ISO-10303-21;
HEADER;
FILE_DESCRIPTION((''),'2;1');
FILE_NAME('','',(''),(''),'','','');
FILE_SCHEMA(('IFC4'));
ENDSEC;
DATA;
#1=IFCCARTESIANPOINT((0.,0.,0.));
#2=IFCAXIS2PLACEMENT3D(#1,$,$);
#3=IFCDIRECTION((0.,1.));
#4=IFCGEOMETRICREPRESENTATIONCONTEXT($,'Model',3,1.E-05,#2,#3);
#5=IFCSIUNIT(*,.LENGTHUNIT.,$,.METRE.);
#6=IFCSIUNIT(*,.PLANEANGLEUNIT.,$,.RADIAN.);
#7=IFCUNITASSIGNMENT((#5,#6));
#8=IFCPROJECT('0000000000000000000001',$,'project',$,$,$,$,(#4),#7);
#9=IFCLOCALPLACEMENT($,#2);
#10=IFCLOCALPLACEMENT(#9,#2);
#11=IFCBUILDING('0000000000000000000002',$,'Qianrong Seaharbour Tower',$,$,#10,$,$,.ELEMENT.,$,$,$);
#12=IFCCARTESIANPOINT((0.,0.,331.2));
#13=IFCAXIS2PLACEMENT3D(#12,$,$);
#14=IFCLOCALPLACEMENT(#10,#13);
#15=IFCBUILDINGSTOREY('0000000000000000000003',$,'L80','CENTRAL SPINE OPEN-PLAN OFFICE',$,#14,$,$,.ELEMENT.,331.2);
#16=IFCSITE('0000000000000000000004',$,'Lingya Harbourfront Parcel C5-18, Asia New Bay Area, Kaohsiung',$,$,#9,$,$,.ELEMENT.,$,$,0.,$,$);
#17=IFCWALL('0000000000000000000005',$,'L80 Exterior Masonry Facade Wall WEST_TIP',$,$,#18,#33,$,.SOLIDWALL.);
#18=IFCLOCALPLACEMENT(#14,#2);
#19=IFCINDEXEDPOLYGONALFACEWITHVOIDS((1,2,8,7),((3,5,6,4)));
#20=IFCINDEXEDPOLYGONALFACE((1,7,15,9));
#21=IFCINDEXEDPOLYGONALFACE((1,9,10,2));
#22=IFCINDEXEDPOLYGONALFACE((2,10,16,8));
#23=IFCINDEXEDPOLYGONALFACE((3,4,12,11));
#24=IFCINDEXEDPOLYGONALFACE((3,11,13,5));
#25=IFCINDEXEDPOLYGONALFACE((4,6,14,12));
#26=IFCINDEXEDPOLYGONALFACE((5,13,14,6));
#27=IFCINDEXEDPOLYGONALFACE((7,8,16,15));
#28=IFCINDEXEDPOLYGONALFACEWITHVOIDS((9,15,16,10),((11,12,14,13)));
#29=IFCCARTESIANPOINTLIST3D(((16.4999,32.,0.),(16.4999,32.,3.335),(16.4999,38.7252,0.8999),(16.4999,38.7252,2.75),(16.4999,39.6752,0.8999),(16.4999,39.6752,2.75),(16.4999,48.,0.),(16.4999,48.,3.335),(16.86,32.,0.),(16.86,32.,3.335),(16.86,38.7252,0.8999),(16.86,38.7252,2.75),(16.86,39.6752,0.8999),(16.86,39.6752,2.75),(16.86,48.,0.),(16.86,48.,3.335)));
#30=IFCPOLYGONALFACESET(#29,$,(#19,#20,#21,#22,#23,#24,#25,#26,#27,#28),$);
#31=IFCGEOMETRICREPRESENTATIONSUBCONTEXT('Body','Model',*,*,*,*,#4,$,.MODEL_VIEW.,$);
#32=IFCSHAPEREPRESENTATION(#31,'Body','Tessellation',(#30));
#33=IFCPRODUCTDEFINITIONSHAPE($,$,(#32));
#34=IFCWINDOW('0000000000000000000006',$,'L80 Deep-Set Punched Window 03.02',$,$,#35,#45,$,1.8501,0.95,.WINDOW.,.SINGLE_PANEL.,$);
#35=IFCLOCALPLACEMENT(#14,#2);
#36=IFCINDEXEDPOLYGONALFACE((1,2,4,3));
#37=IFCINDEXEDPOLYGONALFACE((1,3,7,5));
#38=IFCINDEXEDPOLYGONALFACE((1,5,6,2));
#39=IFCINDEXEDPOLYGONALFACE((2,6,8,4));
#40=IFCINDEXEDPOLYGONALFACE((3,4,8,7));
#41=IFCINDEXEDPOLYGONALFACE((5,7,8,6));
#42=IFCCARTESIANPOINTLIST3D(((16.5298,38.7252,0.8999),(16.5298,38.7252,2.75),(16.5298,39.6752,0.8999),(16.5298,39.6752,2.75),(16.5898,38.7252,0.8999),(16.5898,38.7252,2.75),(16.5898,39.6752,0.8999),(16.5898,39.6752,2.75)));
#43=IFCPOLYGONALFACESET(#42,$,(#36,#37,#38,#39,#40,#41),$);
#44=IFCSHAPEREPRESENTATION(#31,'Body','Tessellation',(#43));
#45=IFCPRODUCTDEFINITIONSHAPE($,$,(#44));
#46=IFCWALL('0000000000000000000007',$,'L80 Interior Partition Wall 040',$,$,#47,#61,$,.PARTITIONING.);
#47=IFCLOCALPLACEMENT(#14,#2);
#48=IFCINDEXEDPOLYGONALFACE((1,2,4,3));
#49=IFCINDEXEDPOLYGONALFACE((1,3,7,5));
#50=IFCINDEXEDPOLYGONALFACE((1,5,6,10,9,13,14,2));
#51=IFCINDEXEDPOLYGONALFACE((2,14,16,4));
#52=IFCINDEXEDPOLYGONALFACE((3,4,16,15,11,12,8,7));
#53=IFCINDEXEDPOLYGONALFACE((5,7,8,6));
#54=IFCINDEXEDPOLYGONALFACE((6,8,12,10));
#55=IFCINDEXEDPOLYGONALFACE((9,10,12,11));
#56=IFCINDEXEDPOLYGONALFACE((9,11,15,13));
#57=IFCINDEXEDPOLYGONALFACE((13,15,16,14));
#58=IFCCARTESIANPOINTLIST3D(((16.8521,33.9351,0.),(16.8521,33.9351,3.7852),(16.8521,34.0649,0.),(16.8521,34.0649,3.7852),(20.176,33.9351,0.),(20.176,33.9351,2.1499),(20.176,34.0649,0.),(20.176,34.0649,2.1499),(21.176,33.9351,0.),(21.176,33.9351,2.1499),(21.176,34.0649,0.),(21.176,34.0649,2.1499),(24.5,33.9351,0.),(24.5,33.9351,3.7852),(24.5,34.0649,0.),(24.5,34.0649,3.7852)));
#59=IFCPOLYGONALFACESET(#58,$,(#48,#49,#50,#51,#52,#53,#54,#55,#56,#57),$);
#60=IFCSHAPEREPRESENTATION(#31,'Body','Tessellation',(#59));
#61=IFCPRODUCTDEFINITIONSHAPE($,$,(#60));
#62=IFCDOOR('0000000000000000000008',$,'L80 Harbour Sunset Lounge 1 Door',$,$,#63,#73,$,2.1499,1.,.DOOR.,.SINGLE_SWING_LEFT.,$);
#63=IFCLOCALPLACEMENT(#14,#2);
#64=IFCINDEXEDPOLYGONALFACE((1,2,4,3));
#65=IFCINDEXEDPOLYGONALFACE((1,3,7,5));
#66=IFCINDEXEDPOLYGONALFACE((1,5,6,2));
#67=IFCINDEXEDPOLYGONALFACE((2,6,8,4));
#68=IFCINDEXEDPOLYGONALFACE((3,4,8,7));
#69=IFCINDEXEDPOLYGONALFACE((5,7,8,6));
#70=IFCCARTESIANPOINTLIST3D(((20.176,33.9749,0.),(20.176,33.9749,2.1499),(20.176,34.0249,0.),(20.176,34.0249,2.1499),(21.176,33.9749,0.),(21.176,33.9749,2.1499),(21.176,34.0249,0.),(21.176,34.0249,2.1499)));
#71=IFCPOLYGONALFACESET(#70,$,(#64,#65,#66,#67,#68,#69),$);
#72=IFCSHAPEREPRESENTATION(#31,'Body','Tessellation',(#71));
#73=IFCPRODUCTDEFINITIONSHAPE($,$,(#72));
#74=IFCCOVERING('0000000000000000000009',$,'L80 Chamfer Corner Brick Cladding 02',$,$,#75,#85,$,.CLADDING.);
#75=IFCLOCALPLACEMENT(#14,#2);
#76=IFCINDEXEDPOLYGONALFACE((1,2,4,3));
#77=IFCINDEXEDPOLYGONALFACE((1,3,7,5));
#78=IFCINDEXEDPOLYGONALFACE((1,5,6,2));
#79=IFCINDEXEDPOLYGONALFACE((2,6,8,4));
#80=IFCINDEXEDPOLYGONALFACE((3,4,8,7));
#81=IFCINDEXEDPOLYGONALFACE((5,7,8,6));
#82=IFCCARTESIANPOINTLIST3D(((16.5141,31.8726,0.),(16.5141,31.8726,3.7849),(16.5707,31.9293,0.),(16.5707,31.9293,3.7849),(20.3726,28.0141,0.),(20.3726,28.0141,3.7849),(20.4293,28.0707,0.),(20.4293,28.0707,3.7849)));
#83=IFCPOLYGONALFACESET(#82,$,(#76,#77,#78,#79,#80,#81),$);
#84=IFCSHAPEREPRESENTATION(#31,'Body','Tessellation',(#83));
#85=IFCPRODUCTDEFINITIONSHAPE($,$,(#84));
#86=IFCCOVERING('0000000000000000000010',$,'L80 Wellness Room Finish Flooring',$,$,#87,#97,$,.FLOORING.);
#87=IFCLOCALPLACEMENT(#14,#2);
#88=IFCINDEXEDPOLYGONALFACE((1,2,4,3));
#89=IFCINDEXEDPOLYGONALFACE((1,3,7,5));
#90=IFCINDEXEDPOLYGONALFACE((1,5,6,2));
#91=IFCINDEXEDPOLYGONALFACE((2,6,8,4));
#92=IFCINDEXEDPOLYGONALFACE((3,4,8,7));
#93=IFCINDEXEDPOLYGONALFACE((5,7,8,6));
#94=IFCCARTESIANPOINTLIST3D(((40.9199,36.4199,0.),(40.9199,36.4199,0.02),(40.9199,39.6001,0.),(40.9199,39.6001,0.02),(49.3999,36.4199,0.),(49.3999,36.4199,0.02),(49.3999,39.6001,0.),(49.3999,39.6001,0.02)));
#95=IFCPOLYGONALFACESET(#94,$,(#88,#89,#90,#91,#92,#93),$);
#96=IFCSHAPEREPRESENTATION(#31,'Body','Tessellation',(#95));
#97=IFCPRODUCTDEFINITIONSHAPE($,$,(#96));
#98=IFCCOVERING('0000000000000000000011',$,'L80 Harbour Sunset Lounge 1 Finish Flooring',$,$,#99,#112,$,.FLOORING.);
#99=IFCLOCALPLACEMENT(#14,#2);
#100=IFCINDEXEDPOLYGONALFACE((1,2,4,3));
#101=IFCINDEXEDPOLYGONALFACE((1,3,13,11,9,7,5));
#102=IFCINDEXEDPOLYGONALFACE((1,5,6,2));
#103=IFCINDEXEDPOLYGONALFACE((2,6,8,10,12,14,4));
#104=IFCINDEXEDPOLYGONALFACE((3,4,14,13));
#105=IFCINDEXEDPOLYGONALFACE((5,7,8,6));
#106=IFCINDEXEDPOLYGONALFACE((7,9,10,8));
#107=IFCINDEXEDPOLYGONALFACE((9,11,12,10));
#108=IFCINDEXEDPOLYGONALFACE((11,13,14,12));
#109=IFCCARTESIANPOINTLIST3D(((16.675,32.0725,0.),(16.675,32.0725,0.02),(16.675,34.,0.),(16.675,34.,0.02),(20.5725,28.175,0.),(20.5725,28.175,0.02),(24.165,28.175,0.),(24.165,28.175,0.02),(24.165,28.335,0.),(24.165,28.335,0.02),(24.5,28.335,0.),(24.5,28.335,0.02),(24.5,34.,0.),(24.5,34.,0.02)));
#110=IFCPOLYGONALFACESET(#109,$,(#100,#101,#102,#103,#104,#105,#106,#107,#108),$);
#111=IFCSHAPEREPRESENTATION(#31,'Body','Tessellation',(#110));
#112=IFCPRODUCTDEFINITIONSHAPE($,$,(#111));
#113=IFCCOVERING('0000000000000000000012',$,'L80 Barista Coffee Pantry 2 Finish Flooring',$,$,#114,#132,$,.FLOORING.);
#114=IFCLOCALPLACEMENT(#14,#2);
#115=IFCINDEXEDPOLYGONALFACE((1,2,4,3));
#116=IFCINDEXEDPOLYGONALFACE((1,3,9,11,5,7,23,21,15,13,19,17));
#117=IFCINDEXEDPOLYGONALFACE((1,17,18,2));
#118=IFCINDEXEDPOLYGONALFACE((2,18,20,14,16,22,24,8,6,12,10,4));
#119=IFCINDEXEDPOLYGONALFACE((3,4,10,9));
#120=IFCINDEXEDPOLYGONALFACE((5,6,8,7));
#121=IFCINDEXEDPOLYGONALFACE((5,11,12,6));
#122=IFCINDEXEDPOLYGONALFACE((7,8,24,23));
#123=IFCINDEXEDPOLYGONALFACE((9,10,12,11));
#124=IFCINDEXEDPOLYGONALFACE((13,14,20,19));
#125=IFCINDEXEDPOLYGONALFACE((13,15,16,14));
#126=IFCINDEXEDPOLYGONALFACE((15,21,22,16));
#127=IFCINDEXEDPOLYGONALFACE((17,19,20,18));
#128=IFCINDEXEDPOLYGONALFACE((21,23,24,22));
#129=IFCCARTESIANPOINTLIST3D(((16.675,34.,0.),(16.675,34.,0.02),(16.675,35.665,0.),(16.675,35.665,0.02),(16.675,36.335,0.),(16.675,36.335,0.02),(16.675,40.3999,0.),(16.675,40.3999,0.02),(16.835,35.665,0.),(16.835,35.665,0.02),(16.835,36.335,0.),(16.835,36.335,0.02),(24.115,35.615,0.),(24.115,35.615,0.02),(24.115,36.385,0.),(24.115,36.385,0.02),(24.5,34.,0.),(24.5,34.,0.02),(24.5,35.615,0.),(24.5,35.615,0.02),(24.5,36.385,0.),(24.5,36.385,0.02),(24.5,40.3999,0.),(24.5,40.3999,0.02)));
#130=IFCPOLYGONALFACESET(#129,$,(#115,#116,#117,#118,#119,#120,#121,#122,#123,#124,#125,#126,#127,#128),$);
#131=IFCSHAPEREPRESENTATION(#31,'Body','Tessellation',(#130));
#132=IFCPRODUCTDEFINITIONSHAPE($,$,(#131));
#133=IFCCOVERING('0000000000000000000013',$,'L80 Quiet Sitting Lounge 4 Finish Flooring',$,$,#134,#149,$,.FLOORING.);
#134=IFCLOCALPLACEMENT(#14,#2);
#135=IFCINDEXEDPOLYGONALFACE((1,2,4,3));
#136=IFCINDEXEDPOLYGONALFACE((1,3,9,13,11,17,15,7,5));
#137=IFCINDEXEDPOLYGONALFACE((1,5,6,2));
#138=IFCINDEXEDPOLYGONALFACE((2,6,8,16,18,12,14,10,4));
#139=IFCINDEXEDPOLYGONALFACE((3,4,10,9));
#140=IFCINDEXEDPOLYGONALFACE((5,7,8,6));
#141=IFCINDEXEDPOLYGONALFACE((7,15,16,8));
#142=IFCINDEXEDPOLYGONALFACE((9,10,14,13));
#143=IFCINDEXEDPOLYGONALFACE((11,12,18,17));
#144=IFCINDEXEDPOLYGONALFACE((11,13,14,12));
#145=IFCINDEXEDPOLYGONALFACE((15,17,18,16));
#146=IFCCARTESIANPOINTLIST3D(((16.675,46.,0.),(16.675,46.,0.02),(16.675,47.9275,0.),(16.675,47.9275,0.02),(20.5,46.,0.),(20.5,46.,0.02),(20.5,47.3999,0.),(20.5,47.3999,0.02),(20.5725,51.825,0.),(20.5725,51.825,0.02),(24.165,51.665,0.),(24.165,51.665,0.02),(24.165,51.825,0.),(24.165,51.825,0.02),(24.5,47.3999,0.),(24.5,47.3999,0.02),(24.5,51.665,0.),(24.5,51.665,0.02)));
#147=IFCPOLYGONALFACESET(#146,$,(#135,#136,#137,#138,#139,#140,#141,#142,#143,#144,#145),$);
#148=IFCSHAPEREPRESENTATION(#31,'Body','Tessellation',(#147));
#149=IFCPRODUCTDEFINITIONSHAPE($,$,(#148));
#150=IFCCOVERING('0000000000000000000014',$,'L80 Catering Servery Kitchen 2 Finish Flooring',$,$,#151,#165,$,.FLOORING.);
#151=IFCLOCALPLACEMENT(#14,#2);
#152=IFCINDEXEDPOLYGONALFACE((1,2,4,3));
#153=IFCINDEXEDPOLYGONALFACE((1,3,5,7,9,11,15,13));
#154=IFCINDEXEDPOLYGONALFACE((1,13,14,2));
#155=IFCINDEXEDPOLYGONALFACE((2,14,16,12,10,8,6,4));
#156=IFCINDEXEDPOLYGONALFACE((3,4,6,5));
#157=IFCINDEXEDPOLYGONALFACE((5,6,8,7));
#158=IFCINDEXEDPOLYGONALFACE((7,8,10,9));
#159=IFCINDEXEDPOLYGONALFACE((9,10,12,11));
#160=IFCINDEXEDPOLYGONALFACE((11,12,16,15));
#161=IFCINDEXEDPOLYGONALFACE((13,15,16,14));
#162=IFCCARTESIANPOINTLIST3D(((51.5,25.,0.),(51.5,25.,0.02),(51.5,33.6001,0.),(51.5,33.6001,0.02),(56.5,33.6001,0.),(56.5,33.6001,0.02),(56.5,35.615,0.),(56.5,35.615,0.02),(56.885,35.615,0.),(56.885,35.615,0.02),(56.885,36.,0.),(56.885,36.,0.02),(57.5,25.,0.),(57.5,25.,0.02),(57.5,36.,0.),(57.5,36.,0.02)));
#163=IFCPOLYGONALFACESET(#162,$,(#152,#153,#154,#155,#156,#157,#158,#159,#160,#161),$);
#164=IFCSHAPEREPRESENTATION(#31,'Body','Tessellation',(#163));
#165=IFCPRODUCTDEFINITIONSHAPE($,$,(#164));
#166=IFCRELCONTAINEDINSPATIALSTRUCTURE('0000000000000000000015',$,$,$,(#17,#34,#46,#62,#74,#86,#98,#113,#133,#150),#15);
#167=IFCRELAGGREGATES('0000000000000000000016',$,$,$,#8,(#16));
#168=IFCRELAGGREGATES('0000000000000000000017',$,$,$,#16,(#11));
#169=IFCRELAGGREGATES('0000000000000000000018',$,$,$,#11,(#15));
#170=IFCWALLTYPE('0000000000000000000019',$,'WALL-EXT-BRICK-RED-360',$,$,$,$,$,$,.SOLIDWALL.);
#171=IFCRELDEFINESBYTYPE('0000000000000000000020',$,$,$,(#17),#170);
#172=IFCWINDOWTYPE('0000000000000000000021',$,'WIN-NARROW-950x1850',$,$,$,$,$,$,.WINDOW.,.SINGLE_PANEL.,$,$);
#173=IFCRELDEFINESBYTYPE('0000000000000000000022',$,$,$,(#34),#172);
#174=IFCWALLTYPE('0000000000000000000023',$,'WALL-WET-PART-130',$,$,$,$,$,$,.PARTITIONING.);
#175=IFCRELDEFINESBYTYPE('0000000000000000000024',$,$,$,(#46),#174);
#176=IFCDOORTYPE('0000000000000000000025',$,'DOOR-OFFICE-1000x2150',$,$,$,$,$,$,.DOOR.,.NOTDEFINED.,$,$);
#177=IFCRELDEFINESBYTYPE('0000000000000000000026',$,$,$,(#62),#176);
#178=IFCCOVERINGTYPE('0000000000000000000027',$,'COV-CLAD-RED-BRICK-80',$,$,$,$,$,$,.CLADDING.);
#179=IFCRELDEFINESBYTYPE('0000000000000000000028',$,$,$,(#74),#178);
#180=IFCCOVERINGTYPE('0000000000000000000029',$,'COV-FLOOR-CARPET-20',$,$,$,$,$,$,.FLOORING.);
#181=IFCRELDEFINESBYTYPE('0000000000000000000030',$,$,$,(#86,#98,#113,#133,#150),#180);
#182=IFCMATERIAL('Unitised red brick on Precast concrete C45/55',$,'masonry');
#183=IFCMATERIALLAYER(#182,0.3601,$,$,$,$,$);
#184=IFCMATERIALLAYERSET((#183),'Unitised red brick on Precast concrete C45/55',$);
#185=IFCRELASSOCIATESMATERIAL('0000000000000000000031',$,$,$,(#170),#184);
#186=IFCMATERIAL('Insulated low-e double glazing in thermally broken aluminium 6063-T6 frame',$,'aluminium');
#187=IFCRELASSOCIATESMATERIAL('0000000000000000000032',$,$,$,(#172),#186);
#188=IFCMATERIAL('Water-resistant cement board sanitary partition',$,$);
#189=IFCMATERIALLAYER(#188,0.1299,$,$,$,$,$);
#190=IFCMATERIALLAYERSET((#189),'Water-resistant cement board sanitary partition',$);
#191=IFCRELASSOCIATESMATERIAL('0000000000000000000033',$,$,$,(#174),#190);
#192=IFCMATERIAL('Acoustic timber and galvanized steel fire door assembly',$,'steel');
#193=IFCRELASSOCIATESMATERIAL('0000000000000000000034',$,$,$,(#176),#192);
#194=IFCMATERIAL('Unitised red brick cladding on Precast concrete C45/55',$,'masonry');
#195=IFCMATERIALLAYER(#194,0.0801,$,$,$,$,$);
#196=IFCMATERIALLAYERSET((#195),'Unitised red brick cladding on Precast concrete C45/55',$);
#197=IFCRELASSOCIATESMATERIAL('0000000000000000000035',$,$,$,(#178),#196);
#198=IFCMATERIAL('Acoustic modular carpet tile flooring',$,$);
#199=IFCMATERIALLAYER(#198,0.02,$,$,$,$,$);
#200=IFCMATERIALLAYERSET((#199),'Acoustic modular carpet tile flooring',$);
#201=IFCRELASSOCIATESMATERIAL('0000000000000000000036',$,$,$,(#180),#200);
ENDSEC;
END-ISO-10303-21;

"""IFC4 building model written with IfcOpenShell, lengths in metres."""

from ifc_helpers import new_model, si_unit, direction, frame, frame_2d, origin, origin_2d, place, context, subcontext, project, spatial, polyline, rectangle, outline, extrude, material, layer, layer_set, type_object, element, fill, save


model = new_model("IFC4")

# Units and contexts
model_context = context("Model", 3, precision=1e-05, world=origin(), true_north=direction((0.0, 1.0)))
body_context = subcontext(model_context, "Body", "Model", "MODEL_VIEW")
ifc_project = project(units=[si_unit("LENGTHUNIT", "METRE"), si_unit("PLANEANGLEUNIT", "RADIAN")], contexts=[model_context])

# Site, building, storey
site_placement = place(None, origin())
site = spatial("IfcSite", under=ifc_project, at=site_placement, Name="Lingya Harbourfront Parcel C5-18, Asia New Bay Area, Kaohsiung", CompositionType="ELEMENT", RefElevation=0.0)
building_placement = place(site_placement, origin())
building = spatial("IfcBuilding", under=site, at=building_placement, Name="Qianrong Seaharbour Tower", CompositionType="ELEMENT")
storey_placement = place(building_placement, frame((0.0, 0.0, 331.2)))
storey = spatial("IfcBuildingStorey", under=building, at=storey_placement, Name="L80", Description="CENTRAL SPINE OPEN-PLAN OFFICE", CompositionType="ELEMENT", Elevation=331.2)

# Shared definitions
ifc_material_1 = material(Name="Unitised red brick on Precast concrete C45/55", Category="masonry")
ifc_layer_1 = layer(ifc_material_1, 0.3601)
ifc_layer_set_1 = layer_set([ifc_layer_1], Name="Unitised red brick on Precast concrete C45/55")
wall_type_1 = type_object("IfcWallType", Name="WALL-EXT-BRICK-RED-360", PredefinedType="SOLIDWALL", material=ifc_layer_set_1)

# Wall, opening, window
wall_1_placement = place(storey_placement, frame((16.6799, 32.0, 0.0), z_axis=(0.0, 0.0, 1.0), x_axis=(0.0, 1.0, 0.0)))
wall_1 = element("IfcWall", 1, at=wall_1_placement, inside=storey, type_object=wall_type_1, Name="L80 Exterior Masonry Facade Wall WEST_TIP", PredefinedType="SOLIDWALL", context=body_context, shape_type="SweptSolid", body=[
    extrude(rectangle(XDim=16.0, YDim=0.3601, at=frame_2d((8.0, 0.0))), origin(), (0.0, 0.0, 1.0), 3.335),
])
opening_1_placement = place(wall_1_placement, frame((6.7251, 0.0, 0.8999)))
opening_1 = element("IfcOpeningElement", 2, at=opening_1_placement, cuts=wall_1, PredefinedType="OPENING", context=body_context, shape_type="SweptSolid", body=[
    extrude(rectangle(XDim=0.95, YDim=1.8501, at=frame_2d((0.4751, 0.925))), frame((0.0, 0.1899, 0.0), z_axis=(0.0, -1.0, 0.0), x_axis=(1.0, 0.0, 0.0)), (0.0, 0.0, 1.0), 0.3801),
])
ifc_material_2 = material(Name="Insulated low-e double glazing in thermally broken aluminium 6063-T6 frame", Category="aluminium")
window_type = type_object("IfcWindowType", Name="WIN-NARROW-950x1850", PartitioningType="SINGLE_PANEL", PredefinedType="WINDOW", material=ifc_material_2)
window_placement = place(opening_1_placement, origin())
window = element("IfcWindow", 3, at=window_placement, inside=storey, type_object=window_type, Name="L80 Deep-Set Punched Window 03.02", OverallHeight=1.8501, OverallWidth=0.95, PartitioningType="SINGLE_PANEL", PredefinedType="WINDOW", context=body_context, shape_type="SweptSolid", body=[
    extrude(rectangle(XDim=0.95, YDim=1.8501, at=frame_2d((0.4751, 0.925))), frame((0.0, 0.1501, 0.0), z_axis=(0.0, -1.0, 0.0), x_axis=(1.0, 0.0, 0.0)), (0.0, 0.0, 1.0), 0.0601),
])
fill(opening_1, window)

# Wall, opening, door
ifc_material_3 = material(Name="Water-resistant cement board sanitary partition")
ifc_layer_2 = layer(ifc_material_3, 0.1299)
ifc_layer_set_2 = layer_set([ifc_layer_2], Name="Water-resistant cement board sanitary partition")
wall_type_2 = type_object("IfcWallType", Name="WALL-WET-PART-130", PredefinedType="PARTITIONING", material=ifc_layer_set_2)
wall_2_placement = place(storey_placement, frame((16.8521, 34.0, 0.0), z_axis=(0.0, 0.0, 1.0), x_axis=(1.0, 0.0, 0.0)))
wall_2 = element("IfcWall", 4, at=wall_2_placement, inside=storey, type_object=wall_type_2, Name="L80 Interior Partition Wall 040", PredefinedType="PARTITIONING", context=body_context, shape_type="SweptSolid", body=[
    extrude(rectangle(XDim=7.6479, YDim=0.1299, at=frame_2d((3.824, 0.0))), origin(), (0.0, 0.0, 1.0), 3.7852),
])
opening_2_placement = place(wall_2_placement, frame((3.324, 0.0, 0.0)))
opening_2 = element("IfcOpeningElement", 5, at=opening_2_placement, cuts=wall_2, PredefinedType="OPENING", context=body_context, shape_type="SweptSolid", body=[
    extrude(rectangle(XDim=1.0, YDim=2.1499, at=frame_2d((0.5, 1.075))), frame((0.0, 0.075, 0.0), z_axis=(0.0, -1.0, 0.0), x_axis=(1.0, 0.0, 0.0)), (0.0, 0.0, 1.0), 0.1499),
])
ifc_material_4 = material(Name="Acoustic timber and galvanized steel fire door assembly", Category="steel")
door_type = type_object("IfcDoorType", Name="DOOR-OFFICE-1000x2150", OperationType="NOTDEFINED", PredefinedType="DOOR", material=ifc_material_4)
door_placement = place(opening_2_placement, origin())
door = element("IfcDoor", 6, at=door_placement, inside=storey, type_object=door_type, Name="L80 Harbour Sunset Lounge 1 Door", OperationType="SINGLE_SWING_LEFT", OverallHeight=2.1499, OverallWidth=1.0, PredefinedType="DOOR", context=body_context, shape_type="SweptSolid", body=[
    extrude(rectangle(XDim=1.0, YDim=2.1499, at=frame_2d((0.5, 1.075))), frame((0.0, 0.0249, 0.0), z_axis=(0.0, -1.0, 0.0), x_axis=(1.0, 0.0, 0.0)), (0.0, 0.0, 1.0), 0.05),
])
fill(opening_2, door)

# Coverings
ifc_material_5 = material(Name="Unitised red brick cladding on Precast concrete C45/55", Category="masonry")
ifc_layer_3 = layer(ifc_material_5, 0.0801)
ifc_layer_set_3 = layer_set([ifc_layer_3], Name="Unitised red brick cladding on Precast concrete C45/55")
covering_type_1 = type_object("IfcCoveringType", Name="COV-CLAD-RED-BRICK-80", PredefinedType="CLADDING", material=ifc_layer_set_3)
covering_1_placement = place(storey_placement, frame((18.4717, 29.9717, 0.0), z_axis=(0.0, 0.0, 1.0), x_axis=(-0.707107, 0.707107, 0.0)))
element("IfcCovering", 7, at=covering_1_placement, inside=storey, type_object=covering_type_1, Name="L80 Chamfer Corner Brick Cladding 02", PredefinedType="CLADDING", context=body_context, shape_type="SweptSolid", body=[
    extrude(rectangle(XDim=5.4568, YDim=0.0801, at=origin_2d()), origin(), (0.0, 0.0, 1.0), 3.7849),
])
ifc_material_6 = material(Name="Acoustic modular carpet tile flooring")
ifc_layer_4 = layer(ifc_material_6, 0.02)
ifc_layer_set_4 = layer_set([ifc_layer_4], Name="Acoustic modular carpet tile flooring")
covering_type_2 = type_object("IfcCoveringType", Name="COV-FLOOR-CARPET-20", PredefinedType="FLOORING", material=ifc_layer_set_4)
covering_2_placement = place(storey_placement, origin())
element("IfcCovering", 8, at=covering_2_placement, inside=storey, type_object=covering_type_2, Name="L80 Wellness Room Finish Flooring", PredefinedType="FLOORING", context=body_context, shape_type="SweptSolid", body=[
    extrude(outline(polyline([(49.3999, 39.6001), (49.3999, 36.4199), (40.9199, 36.4199), (40.9199, 39.6001), (49.3999, 39.6001)])), origin(), (0.0, 0.0, 1.0), 0.02),
])
covering_3_placement = place(storey_placement, origin())
element("IfcCovering", 9, at=covering_3_placement, inside=storey, type_object=covering_type_2, Name="L80 Harbour Sunset Lounge 1 Finish Flooring", PredefinedType="FLOORING", context=body_context, shape_type="SweptSolid", body=[
    extrude(outline(polyline([(20.5725, 28.175), (16.675, 32.0725), (16.675, 34.0), (24.5, 34.0), (24.5, 28.335), (24.165, 28.335), (24.165, 28.175), (20.5725, 28.175)])), origin(), (0.0, 0.0, 1.0), 0.02),
])
covering_4_placement = place(storey_placement, origin())
element("IfcCovering", 10, at=covering_4_placement, inside=storey, type_object=covering_type_2, Name="L80 Barista Coffee Pantry 2 Finish Flooring", PredefinedType="FLOORING", context=body_context, shape_type="SweptSolid", body=[
    extrude(outline(polyline([(16.675, 34.0), (16.675, 35.665), (16.835, 35.665), (16.835, 36.335), (16.675, 36.335), (16.675, 40.3999), (24.5, 40.3999), (24.5, 36.385), (24.115, 36.385), (24.115, 35.615), (24.5, 35.615), (24.5, 34.0), (16.675, 34.0)])), origin(), (0.0, 0.0, 1.0), 0.02),
])
covering_5_placement = place(storey_placement, origin())
element("IfcCovering", 11, at=covering_5_placement, inside=storey, type_object=covering_type_2, Name="L80 Quiet Sitting Lounge 4 Finish Flooring", PredefinedType="FLOORING", context=body_context, shape_type="SweptSolid", body=[
    extrude(outline(polyline([(16.675, 47.9275), (20.5725, 51.825), (24.165, 51.825), (24.165, 51.665), (24.5, 51.665), (24.5, 47.3999), (20.5, 47.3999), (20.5, 46.0), (16.675, 46.0), (16.675, 47.9275)])), origin(), (0.0, 0.0, 1.0), 0.02),
])
covering_6_placement = place(storey_placement, origin())
element("IfcCovering", 12, at=covering_6_placement, inside=storey, type_object=covering_type_2, Name="L80 Catering Servery Kitchen 2 Finish Flooring", PredefinedType="FLOORING", context=body_context, shape_type="SweptSolid", body=[
    extrude(outline(polyline([(56.5, 33.6001), (56.5, 35.615), (56.885, 35.615), (56.885, 36.0), (57.5, 36.0), (57.5, 25.0), (51.5, 25.0), (51.5, 33.6001), (56.5, 33.6001)])), origin(), (0.0, 0.0, 1.0), 0.02),
])

save(model, "model.ifc")
